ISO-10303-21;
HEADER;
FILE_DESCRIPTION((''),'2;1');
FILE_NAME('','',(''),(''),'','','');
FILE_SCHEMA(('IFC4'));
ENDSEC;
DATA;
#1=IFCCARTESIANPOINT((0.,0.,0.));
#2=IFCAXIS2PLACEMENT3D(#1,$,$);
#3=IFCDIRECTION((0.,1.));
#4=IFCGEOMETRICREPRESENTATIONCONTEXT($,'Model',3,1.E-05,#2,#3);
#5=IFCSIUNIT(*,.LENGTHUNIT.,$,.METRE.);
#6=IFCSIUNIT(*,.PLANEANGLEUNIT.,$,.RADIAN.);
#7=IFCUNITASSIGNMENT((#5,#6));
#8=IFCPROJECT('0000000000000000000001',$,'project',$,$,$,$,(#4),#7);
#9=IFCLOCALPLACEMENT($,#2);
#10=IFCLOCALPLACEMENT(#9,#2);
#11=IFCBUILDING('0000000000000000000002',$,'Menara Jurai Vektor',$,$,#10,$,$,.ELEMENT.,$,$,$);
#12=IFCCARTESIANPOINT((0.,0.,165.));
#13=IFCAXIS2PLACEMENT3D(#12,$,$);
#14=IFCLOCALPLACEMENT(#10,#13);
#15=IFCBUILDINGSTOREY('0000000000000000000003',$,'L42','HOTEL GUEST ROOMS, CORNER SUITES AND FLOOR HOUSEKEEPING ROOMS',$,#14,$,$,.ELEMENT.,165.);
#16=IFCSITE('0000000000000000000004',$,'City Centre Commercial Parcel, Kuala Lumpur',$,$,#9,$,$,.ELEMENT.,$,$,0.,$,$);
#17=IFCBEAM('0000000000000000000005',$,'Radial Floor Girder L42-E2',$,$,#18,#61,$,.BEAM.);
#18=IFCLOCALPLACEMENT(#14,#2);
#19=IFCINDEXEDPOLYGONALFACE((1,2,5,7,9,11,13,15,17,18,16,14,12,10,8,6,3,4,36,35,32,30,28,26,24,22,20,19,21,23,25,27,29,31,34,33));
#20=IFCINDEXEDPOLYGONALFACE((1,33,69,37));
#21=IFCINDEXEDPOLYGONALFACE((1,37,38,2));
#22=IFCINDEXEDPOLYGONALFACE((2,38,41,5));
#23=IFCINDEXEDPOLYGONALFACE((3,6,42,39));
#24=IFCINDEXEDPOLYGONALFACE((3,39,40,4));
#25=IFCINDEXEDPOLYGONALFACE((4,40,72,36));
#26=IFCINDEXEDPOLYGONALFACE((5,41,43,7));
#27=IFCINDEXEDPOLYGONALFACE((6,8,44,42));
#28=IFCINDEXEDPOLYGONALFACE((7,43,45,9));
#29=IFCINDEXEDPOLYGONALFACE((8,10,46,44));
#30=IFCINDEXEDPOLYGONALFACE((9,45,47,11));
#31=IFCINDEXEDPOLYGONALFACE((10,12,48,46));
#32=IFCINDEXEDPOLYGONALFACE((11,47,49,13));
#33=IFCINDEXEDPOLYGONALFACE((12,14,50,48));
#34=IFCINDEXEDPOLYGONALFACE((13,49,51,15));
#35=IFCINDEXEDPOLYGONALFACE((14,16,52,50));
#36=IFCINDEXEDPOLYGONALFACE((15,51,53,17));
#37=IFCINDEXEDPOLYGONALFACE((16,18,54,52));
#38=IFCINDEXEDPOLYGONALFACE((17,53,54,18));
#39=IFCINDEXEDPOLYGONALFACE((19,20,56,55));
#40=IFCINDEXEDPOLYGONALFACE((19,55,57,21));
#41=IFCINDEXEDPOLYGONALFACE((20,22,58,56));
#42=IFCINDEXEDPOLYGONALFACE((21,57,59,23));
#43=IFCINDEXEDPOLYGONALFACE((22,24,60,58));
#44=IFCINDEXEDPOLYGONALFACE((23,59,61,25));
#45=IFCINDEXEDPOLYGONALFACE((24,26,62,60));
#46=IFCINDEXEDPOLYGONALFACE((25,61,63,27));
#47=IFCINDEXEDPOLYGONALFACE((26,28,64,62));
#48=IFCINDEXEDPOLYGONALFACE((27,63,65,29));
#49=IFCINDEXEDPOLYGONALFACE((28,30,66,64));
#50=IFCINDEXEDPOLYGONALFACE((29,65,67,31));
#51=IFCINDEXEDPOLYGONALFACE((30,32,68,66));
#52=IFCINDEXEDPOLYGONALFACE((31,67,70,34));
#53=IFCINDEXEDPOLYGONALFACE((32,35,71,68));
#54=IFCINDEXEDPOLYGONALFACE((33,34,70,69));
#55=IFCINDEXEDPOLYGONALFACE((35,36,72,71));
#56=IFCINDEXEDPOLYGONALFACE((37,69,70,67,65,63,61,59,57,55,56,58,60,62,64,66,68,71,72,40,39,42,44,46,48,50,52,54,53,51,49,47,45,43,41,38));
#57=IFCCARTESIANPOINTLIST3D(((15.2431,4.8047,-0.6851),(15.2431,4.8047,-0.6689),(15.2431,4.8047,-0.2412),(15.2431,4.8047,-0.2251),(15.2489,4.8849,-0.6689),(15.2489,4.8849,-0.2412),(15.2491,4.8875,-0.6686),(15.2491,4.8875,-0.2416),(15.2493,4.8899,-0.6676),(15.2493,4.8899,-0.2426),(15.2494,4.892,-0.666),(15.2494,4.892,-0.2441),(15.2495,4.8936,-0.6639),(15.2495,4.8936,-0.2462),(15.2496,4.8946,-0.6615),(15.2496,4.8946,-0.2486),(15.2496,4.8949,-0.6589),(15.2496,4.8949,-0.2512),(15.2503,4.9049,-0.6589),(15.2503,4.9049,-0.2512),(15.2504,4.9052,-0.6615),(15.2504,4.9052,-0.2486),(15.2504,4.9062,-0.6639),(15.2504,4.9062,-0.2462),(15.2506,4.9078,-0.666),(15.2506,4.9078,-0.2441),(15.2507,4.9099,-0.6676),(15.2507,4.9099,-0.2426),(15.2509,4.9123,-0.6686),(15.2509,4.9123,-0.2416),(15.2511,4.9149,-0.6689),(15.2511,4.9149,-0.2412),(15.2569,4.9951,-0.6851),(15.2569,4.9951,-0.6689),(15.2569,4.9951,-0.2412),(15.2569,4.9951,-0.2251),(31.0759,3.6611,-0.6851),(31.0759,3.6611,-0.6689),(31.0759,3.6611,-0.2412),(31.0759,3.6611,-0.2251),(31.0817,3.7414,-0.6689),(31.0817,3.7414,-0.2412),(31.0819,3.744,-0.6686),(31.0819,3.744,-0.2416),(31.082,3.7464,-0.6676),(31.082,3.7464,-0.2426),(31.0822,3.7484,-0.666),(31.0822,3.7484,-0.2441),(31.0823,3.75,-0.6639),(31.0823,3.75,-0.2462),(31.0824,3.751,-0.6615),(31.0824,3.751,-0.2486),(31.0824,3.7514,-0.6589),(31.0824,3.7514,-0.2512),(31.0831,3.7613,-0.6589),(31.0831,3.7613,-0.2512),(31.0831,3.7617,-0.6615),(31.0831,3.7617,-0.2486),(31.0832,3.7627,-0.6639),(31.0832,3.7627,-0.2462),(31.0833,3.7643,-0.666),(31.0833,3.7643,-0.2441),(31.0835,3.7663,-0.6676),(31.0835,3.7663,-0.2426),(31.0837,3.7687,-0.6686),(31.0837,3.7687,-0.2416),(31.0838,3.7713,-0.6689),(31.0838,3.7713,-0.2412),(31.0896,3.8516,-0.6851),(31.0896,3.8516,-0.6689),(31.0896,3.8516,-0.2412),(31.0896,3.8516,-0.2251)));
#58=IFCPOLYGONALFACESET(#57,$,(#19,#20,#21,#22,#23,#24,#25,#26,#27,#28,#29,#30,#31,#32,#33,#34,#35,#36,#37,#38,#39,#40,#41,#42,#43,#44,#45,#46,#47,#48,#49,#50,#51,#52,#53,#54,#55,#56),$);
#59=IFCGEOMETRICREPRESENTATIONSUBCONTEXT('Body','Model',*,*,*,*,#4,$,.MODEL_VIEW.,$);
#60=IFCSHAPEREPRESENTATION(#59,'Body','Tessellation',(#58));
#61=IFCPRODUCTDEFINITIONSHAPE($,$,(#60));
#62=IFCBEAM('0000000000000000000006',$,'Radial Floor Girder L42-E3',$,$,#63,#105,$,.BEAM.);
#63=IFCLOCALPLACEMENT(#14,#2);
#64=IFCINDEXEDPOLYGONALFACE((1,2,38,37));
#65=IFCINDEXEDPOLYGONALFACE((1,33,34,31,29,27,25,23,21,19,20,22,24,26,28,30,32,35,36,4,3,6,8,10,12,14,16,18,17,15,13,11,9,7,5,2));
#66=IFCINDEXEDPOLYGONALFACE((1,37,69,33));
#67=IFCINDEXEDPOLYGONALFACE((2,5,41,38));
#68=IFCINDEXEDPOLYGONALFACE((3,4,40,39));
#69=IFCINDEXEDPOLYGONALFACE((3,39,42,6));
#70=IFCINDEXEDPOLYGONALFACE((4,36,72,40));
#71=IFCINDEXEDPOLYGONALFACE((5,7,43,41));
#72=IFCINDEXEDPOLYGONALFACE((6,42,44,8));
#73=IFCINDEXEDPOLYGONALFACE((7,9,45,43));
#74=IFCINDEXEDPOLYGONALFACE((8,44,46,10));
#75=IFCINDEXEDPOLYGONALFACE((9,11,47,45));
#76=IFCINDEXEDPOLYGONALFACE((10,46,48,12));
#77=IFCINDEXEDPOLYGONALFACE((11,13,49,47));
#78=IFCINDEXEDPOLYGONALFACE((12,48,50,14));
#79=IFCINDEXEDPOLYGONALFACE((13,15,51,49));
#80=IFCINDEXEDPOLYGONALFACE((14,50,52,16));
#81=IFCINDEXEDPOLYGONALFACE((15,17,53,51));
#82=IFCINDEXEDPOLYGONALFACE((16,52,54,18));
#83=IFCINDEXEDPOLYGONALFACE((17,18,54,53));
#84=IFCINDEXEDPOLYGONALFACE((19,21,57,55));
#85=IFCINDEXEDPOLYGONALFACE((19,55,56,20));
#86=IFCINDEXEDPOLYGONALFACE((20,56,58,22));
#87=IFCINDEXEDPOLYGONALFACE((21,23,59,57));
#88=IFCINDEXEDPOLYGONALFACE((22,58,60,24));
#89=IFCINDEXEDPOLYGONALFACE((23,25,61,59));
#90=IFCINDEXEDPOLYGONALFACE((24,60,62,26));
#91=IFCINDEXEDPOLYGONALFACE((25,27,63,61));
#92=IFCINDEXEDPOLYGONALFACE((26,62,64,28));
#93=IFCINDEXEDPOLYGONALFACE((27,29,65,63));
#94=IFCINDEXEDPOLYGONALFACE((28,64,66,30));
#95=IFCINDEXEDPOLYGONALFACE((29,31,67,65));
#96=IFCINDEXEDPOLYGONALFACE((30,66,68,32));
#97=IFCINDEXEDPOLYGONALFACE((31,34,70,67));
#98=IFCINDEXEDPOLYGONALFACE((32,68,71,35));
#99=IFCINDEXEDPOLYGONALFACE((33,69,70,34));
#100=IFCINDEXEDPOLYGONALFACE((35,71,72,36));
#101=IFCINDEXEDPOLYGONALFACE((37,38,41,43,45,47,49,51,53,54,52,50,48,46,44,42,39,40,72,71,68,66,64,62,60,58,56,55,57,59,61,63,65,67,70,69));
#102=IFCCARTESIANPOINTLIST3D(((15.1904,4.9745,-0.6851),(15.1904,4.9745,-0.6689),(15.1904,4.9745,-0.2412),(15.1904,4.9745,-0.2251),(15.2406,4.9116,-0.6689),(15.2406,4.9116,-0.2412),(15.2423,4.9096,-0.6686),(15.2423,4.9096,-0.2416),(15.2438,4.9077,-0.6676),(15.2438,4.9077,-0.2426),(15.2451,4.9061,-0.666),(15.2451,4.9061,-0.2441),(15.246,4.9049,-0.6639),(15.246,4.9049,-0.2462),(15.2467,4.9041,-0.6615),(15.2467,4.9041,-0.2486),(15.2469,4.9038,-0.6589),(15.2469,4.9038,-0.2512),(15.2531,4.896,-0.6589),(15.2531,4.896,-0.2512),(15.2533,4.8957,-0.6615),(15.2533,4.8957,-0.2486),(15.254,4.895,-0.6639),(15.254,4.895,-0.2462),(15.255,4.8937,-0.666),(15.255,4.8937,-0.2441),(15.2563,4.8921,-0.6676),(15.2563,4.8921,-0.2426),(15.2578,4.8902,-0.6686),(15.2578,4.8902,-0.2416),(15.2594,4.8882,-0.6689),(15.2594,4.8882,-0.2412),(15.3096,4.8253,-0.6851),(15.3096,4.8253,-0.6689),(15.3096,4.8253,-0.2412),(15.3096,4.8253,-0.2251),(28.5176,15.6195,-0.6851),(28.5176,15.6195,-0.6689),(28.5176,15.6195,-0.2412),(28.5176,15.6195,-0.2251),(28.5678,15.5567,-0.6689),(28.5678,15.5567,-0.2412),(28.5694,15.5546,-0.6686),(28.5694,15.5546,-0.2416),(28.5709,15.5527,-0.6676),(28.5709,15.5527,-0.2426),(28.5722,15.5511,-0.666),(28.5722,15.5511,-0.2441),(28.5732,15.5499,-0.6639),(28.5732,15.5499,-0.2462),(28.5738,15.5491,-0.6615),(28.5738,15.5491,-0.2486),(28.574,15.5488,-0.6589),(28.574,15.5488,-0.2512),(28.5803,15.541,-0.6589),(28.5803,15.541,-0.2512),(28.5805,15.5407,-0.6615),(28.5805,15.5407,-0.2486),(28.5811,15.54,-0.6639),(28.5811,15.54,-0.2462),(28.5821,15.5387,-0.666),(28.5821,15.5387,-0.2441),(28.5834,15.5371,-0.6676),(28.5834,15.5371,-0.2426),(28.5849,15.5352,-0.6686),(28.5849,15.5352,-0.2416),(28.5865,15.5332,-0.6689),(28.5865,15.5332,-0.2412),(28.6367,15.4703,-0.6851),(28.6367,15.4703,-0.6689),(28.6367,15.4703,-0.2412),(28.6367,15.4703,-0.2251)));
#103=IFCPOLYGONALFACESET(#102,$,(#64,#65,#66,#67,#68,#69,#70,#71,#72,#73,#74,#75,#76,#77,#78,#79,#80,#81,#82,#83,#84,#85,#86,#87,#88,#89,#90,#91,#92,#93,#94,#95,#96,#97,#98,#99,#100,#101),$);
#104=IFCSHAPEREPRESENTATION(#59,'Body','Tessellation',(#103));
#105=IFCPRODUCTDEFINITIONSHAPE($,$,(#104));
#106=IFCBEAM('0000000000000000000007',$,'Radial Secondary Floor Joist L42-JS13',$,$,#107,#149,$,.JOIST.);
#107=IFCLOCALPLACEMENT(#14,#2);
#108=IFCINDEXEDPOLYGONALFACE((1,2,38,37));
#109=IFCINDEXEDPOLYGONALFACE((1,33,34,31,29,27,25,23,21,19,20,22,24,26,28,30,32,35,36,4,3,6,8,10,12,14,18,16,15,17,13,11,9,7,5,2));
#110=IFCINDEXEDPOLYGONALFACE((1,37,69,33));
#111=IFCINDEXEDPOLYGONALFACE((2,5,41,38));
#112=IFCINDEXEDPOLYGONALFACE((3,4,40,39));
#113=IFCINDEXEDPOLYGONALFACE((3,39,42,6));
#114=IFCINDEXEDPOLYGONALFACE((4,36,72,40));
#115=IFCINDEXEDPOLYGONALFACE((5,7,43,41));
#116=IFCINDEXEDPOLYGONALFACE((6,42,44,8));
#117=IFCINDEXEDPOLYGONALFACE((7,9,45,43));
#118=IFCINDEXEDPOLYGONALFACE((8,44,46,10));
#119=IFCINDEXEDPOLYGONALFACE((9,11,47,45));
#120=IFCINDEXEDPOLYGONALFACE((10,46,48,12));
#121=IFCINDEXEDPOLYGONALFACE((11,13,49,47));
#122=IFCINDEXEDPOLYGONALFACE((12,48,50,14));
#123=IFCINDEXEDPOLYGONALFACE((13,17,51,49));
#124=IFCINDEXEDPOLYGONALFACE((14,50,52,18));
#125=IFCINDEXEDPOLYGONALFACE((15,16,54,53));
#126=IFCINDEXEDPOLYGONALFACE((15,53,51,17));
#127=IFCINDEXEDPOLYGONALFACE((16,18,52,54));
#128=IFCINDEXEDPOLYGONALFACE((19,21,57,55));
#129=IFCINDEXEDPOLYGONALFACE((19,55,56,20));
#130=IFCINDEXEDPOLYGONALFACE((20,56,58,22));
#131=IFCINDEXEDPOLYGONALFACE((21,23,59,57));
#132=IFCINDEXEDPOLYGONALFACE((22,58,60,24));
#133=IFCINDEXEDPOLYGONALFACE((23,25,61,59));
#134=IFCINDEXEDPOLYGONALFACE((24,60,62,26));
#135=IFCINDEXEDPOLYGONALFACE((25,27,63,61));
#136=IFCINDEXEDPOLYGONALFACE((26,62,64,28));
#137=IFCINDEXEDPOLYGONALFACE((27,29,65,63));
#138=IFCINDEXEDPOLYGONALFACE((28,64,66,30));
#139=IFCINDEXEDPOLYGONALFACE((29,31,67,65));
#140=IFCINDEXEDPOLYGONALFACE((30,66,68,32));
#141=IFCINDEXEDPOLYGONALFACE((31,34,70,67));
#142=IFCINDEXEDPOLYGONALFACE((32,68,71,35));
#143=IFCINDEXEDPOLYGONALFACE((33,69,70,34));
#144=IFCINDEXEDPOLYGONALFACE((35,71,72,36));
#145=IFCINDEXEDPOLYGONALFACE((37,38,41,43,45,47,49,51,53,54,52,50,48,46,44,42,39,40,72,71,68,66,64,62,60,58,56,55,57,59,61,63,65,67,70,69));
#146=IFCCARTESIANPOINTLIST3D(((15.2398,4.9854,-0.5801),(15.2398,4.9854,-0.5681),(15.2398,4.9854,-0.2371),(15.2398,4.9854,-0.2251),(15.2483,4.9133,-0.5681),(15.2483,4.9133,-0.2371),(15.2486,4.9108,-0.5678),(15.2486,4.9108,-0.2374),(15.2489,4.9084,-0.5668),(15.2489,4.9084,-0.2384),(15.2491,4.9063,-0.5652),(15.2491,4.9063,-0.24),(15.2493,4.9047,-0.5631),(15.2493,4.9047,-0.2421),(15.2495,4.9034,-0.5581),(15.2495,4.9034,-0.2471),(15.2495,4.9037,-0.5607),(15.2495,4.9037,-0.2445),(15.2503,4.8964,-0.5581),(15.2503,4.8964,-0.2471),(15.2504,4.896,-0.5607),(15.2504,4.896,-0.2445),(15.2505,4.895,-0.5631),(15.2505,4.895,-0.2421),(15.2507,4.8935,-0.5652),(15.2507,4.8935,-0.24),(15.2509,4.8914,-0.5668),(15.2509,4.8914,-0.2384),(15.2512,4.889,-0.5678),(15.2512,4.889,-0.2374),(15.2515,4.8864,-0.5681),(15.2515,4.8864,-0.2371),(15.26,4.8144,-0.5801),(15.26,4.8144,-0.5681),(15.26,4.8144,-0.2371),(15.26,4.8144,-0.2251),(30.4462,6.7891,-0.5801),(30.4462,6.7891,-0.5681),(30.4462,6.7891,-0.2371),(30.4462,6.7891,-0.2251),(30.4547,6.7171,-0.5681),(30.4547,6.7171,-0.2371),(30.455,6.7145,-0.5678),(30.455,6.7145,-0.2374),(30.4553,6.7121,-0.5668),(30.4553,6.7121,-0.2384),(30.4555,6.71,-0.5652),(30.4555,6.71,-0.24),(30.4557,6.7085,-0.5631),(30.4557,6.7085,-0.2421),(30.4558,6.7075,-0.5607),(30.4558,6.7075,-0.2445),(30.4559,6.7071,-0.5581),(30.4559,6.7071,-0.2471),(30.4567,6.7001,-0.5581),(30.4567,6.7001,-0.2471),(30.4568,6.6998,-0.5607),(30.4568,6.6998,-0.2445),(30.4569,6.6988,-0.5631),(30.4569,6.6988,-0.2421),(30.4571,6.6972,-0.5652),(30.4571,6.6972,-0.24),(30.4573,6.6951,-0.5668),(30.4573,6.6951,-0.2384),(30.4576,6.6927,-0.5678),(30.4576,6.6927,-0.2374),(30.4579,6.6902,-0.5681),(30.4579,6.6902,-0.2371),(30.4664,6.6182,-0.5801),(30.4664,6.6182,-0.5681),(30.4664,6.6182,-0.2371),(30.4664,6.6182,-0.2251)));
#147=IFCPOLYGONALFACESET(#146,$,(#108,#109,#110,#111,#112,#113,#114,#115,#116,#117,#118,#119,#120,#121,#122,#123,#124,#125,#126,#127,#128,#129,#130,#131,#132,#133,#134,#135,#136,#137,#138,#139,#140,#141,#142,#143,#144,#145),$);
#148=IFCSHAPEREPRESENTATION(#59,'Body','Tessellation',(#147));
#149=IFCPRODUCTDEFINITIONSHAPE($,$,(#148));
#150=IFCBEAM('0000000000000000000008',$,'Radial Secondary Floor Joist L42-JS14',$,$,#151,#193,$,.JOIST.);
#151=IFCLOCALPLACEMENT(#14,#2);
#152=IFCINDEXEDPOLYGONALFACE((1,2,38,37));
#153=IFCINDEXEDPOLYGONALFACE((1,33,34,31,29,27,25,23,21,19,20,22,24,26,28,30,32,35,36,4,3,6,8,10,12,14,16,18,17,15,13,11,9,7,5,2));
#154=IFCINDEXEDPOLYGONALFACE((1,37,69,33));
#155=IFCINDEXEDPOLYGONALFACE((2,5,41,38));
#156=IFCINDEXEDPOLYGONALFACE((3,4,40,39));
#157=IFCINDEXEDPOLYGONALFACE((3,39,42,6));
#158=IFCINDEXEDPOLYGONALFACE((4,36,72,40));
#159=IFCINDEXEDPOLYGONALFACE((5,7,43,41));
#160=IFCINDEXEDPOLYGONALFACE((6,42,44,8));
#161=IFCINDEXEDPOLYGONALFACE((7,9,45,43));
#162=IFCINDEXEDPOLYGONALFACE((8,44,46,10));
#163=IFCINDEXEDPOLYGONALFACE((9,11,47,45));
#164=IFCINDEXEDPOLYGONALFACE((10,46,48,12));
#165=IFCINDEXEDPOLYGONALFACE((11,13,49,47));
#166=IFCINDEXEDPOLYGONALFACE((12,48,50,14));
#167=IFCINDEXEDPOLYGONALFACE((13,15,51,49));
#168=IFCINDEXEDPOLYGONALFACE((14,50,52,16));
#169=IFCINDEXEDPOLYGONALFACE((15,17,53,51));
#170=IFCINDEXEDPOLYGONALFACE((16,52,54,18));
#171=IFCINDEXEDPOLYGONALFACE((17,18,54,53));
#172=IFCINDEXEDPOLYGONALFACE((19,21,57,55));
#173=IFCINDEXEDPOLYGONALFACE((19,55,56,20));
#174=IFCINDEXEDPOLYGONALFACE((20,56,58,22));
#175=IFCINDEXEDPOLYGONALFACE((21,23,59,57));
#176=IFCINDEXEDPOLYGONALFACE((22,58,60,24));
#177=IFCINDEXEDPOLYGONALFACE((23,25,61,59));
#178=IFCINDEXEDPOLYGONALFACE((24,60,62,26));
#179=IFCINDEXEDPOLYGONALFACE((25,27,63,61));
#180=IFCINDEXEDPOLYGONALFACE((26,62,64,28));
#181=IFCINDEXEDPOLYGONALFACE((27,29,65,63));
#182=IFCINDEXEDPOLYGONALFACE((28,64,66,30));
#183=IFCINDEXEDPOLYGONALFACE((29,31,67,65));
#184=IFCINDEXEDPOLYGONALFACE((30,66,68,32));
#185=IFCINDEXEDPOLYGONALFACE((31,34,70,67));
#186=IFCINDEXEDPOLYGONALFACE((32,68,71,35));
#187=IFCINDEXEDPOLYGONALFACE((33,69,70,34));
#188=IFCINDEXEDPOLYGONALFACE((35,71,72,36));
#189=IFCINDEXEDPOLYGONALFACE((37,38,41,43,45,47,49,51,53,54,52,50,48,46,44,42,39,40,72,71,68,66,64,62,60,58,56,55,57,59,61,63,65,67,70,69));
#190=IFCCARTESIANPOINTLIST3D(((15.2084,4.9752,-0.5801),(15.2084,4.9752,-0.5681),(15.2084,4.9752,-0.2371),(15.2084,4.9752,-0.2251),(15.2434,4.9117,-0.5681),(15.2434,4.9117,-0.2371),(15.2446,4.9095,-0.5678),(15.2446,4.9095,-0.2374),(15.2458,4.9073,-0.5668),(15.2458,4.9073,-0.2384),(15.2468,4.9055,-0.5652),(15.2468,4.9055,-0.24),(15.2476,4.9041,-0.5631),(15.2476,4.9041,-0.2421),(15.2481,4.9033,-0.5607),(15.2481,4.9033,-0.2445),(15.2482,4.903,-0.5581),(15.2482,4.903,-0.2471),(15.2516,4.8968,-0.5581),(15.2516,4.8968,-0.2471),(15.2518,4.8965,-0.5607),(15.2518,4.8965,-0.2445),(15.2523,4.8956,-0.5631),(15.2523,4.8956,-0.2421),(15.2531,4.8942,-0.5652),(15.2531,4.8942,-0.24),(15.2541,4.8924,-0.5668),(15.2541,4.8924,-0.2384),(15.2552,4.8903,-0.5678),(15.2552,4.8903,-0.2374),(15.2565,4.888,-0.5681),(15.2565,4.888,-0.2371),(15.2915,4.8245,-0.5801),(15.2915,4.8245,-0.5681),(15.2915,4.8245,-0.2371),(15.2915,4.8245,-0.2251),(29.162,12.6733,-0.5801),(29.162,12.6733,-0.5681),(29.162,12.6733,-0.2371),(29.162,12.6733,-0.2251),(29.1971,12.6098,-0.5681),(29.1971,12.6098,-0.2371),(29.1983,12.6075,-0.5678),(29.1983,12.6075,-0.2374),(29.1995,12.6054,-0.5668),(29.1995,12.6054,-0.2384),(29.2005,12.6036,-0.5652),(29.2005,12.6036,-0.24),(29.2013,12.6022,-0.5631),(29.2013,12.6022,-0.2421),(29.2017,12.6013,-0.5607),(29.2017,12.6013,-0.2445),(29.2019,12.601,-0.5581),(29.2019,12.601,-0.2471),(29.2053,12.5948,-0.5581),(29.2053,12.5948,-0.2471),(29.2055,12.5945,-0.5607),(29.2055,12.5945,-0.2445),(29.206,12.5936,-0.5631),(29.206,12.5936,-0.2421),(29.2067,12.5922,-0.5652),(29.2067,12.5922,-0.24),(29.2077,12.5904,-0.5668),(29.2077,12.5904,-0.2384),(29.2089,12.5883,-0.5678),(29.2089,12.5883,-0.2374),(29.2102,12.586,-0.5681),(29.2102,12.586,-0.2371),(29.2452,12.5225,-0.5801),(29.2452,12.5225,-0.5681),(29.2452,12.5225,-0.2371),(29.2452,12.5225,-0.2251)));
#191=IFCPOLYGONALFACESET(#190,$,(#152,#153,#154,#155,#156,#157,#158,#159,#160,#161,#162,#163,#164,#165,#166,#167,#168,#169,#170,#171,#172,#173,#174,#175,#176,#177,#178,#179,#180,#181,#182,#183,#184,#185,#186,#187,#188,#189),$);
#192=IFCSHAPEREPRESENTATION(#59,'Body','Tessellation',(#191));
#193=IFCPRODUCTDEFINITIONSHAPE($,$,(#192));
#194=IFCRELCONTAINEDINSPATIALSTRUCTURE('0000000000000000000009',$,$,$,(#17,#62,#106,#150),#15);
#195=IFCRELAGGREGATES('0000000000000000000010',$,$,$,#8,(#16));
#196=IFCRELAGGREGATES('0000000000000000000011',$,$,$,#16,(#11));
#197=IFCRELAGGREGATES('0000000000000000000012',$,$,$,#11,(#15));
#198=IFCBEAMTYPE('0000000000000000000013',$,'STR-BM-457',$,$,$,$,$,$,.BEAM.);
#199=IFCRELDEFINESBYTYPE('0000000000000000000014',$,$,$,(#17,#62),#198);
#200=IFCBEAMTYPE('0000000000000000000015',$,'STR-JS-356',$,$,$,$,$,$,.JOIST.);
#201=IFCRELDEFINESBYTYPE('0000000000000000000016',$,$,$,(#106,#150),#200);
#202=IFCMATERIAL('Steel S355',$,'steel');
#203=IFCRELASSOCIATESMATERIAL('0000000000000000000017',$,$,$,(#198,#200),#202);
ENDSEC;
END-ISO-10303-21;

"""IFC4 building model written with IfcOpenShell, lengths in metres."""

from ifc_helpers import new_model, si_unit, direction, frame, origin, origin_2d, place, context, subcontext, project, spatial, i_section, extrude, material, material_profile, profile_set, type_object, element, save


model = new_model("IFC4")

# Units and contexts
model_context = context("Model", 3, precision=1e-05, world=origin(), true_north=direction((0.0, 1.0)))
body_context = subcontext(model_context, "Body", "Model", "MODEL_VIEW")
ifc_project = project(units=[si_unit("LENGTHUNIT", "METRE"), si_unit("PLANEANGLEUNIT", "RADIAN")], contexts=[model_context])

# Site, building, storey
site_placement = place(None, origin())
site = spatial("IfcSite", under=ifc_project, at=site_placement, Name="City Centre Commercial Parcel, Kuala Lumpur", CompositionType="ELEMENT", RefElevation=0.0)
building_placement = place(site_placement, origin())
building = spatial("IfcBuilding", under=site, at=building_placement, Name="Menara Jurai Vektor", CompositionType="ELEMENT")
storey_placement = place(building_placement, frame((0.0, 0.0, 165.0)))
storey = spatial("IfcBuildingStorey", under=building, at=storey_placement, Name="L42", Description="HOTEL GUEST ROOMS, CORNER SUITES AND FLOOR HOUSEKEEPING ROOMS", CompositionType="ELEMENT", Elevation=165.0)

# Beams
ifc_material_1 = material(Name="Steel S355", Category="steel")
ifc_material_profile_1 = material_profile(ifc_material_1, i_section(OverallWidth=0.1909, OverallDepth=0.46, WebThickness=0.01, FlangeThickness=0.0161, FilletRadius=0.01, at=origin_2d()), Name="UKB 457x191x82")
ifc_profile_set_1 = profile_set([ifc_material_profile_1], Name="Steel S355")
beam_type_1 = type_object("IfcBeamType", Name="STR-BM-457", PredefinedType="BEAM", material=ifc_profile_set_1)
beam_1_placement = place(storey_placement, frame((31.0828, 3.7563, -0.4551), z_axis=(-0.997402, 0.072039, 0.0), x_axis=(-0.072039, -0.997402, 0.0)))
element("IfcBeam", 1, at=beam_1_placement, inside=storey, type_object=beam_type_1, Name="Radial Floor Girder L42-E2", PredefinedType="BEAM", context=body_context, shape_type="SweptSolid", body=[
    extrude(i_section(OverallWidth=0.1909, OverallDepth=0.46, WebThickness=0.01, FlangeThickness=0.0161, FilletRadius=0.01, at=origin_2d()), origin(), (0.0, 0.0, 1.0), 15.874),
])
beam_2_placement = place(storey_placement, frame((28.5771, 15.5449, -0.4551), z_axis=(-0.781346, -0.624098, 0.0), x_axis=(0.624098, -0.781346, 0.0)))
element("IfcBeam", 2, at=beam_2_placement, inside=storey, type_object=beam_type_1, Name="Radial Floor Girder L42-E3", PredefinedType="BEAM", context=body_context, shape_type="SweptSolid", body=[
    extrude(i_section(OverallWidth=0.1909, OverallDepth=0.46, WebThickness=0.01, FlangeThickness=0.0161, FilletRadius=0.01, at=origin_2d()), origin(), (0.0, 0.0, 1.0), 17.0566),
])
ifc_material_profile_2 = material_profile(ifc_material_1, i_section(OverallWidth=0.1721, OverallDepth=0.355, WebThickness=0.0071, FlangeThickness=0.012, FilletRadius=0.01, at=origin_2d()), Name="UKB 356x171x51")
ifc_profile_set_2 = profile_set([ifc_material_profile_2], Name="Steel S355")
beam_type_2 = type_object("IfcBeamType", Name="STR-JS-356", PredefinedType="JOIST", material=ifc_profile_set_2)
beam_3_placement = place(storey_placement, frame((30.4563, 6.7036, -0.4026), z_axis=(-0.993038, -0.11779, 0.0), x_axis=(0.11779, -0.993038, 0.0)))
element("IfcBeam", 3, at=beam_3_placement, inside=storey, type_object=beam_type_2, Name="Radial Secondary Floor Joist L42-JS13", PredefinedType="JOIST", context=body_context, shape_type="SweptSolid", body=[
    extrude(i_section(OverallWidth=0.1721, OverallDepth=0.355, WebThickness=0.0071, FlangeThickness=0.012, FilletRadius=0.01, at=origin_2d()), origin(), (0.0, 0.0, 1.0), 15.313),
])
beam_4_placement = place(storey_placement, frame((29.2036, 12.5979, -0.4026), z_axis=(-0.875592, -0.483051, 0.0), x_axis=(0.483051, -0.875592, 0.0)))
element("IfcBeam", 4, at=beam_4_placement, inside=storey, type_object=beam_type_2, Name="Radial Secondary Floor Joist L42-JS14", PredefinedType="JOIST", context=body_context, shape_type="SweptSolid", body=[
    extrude(i_section(OverallWidth=0.1721, OverallDepth=0.355, WebThickness=0.0071, FlangeThickness=0.012, FilletRadius=0.01, at=origin_2d()), origin(), (0.0, 0.0, 1.0), 15.9363),
])

save(model, "model.ifc")
